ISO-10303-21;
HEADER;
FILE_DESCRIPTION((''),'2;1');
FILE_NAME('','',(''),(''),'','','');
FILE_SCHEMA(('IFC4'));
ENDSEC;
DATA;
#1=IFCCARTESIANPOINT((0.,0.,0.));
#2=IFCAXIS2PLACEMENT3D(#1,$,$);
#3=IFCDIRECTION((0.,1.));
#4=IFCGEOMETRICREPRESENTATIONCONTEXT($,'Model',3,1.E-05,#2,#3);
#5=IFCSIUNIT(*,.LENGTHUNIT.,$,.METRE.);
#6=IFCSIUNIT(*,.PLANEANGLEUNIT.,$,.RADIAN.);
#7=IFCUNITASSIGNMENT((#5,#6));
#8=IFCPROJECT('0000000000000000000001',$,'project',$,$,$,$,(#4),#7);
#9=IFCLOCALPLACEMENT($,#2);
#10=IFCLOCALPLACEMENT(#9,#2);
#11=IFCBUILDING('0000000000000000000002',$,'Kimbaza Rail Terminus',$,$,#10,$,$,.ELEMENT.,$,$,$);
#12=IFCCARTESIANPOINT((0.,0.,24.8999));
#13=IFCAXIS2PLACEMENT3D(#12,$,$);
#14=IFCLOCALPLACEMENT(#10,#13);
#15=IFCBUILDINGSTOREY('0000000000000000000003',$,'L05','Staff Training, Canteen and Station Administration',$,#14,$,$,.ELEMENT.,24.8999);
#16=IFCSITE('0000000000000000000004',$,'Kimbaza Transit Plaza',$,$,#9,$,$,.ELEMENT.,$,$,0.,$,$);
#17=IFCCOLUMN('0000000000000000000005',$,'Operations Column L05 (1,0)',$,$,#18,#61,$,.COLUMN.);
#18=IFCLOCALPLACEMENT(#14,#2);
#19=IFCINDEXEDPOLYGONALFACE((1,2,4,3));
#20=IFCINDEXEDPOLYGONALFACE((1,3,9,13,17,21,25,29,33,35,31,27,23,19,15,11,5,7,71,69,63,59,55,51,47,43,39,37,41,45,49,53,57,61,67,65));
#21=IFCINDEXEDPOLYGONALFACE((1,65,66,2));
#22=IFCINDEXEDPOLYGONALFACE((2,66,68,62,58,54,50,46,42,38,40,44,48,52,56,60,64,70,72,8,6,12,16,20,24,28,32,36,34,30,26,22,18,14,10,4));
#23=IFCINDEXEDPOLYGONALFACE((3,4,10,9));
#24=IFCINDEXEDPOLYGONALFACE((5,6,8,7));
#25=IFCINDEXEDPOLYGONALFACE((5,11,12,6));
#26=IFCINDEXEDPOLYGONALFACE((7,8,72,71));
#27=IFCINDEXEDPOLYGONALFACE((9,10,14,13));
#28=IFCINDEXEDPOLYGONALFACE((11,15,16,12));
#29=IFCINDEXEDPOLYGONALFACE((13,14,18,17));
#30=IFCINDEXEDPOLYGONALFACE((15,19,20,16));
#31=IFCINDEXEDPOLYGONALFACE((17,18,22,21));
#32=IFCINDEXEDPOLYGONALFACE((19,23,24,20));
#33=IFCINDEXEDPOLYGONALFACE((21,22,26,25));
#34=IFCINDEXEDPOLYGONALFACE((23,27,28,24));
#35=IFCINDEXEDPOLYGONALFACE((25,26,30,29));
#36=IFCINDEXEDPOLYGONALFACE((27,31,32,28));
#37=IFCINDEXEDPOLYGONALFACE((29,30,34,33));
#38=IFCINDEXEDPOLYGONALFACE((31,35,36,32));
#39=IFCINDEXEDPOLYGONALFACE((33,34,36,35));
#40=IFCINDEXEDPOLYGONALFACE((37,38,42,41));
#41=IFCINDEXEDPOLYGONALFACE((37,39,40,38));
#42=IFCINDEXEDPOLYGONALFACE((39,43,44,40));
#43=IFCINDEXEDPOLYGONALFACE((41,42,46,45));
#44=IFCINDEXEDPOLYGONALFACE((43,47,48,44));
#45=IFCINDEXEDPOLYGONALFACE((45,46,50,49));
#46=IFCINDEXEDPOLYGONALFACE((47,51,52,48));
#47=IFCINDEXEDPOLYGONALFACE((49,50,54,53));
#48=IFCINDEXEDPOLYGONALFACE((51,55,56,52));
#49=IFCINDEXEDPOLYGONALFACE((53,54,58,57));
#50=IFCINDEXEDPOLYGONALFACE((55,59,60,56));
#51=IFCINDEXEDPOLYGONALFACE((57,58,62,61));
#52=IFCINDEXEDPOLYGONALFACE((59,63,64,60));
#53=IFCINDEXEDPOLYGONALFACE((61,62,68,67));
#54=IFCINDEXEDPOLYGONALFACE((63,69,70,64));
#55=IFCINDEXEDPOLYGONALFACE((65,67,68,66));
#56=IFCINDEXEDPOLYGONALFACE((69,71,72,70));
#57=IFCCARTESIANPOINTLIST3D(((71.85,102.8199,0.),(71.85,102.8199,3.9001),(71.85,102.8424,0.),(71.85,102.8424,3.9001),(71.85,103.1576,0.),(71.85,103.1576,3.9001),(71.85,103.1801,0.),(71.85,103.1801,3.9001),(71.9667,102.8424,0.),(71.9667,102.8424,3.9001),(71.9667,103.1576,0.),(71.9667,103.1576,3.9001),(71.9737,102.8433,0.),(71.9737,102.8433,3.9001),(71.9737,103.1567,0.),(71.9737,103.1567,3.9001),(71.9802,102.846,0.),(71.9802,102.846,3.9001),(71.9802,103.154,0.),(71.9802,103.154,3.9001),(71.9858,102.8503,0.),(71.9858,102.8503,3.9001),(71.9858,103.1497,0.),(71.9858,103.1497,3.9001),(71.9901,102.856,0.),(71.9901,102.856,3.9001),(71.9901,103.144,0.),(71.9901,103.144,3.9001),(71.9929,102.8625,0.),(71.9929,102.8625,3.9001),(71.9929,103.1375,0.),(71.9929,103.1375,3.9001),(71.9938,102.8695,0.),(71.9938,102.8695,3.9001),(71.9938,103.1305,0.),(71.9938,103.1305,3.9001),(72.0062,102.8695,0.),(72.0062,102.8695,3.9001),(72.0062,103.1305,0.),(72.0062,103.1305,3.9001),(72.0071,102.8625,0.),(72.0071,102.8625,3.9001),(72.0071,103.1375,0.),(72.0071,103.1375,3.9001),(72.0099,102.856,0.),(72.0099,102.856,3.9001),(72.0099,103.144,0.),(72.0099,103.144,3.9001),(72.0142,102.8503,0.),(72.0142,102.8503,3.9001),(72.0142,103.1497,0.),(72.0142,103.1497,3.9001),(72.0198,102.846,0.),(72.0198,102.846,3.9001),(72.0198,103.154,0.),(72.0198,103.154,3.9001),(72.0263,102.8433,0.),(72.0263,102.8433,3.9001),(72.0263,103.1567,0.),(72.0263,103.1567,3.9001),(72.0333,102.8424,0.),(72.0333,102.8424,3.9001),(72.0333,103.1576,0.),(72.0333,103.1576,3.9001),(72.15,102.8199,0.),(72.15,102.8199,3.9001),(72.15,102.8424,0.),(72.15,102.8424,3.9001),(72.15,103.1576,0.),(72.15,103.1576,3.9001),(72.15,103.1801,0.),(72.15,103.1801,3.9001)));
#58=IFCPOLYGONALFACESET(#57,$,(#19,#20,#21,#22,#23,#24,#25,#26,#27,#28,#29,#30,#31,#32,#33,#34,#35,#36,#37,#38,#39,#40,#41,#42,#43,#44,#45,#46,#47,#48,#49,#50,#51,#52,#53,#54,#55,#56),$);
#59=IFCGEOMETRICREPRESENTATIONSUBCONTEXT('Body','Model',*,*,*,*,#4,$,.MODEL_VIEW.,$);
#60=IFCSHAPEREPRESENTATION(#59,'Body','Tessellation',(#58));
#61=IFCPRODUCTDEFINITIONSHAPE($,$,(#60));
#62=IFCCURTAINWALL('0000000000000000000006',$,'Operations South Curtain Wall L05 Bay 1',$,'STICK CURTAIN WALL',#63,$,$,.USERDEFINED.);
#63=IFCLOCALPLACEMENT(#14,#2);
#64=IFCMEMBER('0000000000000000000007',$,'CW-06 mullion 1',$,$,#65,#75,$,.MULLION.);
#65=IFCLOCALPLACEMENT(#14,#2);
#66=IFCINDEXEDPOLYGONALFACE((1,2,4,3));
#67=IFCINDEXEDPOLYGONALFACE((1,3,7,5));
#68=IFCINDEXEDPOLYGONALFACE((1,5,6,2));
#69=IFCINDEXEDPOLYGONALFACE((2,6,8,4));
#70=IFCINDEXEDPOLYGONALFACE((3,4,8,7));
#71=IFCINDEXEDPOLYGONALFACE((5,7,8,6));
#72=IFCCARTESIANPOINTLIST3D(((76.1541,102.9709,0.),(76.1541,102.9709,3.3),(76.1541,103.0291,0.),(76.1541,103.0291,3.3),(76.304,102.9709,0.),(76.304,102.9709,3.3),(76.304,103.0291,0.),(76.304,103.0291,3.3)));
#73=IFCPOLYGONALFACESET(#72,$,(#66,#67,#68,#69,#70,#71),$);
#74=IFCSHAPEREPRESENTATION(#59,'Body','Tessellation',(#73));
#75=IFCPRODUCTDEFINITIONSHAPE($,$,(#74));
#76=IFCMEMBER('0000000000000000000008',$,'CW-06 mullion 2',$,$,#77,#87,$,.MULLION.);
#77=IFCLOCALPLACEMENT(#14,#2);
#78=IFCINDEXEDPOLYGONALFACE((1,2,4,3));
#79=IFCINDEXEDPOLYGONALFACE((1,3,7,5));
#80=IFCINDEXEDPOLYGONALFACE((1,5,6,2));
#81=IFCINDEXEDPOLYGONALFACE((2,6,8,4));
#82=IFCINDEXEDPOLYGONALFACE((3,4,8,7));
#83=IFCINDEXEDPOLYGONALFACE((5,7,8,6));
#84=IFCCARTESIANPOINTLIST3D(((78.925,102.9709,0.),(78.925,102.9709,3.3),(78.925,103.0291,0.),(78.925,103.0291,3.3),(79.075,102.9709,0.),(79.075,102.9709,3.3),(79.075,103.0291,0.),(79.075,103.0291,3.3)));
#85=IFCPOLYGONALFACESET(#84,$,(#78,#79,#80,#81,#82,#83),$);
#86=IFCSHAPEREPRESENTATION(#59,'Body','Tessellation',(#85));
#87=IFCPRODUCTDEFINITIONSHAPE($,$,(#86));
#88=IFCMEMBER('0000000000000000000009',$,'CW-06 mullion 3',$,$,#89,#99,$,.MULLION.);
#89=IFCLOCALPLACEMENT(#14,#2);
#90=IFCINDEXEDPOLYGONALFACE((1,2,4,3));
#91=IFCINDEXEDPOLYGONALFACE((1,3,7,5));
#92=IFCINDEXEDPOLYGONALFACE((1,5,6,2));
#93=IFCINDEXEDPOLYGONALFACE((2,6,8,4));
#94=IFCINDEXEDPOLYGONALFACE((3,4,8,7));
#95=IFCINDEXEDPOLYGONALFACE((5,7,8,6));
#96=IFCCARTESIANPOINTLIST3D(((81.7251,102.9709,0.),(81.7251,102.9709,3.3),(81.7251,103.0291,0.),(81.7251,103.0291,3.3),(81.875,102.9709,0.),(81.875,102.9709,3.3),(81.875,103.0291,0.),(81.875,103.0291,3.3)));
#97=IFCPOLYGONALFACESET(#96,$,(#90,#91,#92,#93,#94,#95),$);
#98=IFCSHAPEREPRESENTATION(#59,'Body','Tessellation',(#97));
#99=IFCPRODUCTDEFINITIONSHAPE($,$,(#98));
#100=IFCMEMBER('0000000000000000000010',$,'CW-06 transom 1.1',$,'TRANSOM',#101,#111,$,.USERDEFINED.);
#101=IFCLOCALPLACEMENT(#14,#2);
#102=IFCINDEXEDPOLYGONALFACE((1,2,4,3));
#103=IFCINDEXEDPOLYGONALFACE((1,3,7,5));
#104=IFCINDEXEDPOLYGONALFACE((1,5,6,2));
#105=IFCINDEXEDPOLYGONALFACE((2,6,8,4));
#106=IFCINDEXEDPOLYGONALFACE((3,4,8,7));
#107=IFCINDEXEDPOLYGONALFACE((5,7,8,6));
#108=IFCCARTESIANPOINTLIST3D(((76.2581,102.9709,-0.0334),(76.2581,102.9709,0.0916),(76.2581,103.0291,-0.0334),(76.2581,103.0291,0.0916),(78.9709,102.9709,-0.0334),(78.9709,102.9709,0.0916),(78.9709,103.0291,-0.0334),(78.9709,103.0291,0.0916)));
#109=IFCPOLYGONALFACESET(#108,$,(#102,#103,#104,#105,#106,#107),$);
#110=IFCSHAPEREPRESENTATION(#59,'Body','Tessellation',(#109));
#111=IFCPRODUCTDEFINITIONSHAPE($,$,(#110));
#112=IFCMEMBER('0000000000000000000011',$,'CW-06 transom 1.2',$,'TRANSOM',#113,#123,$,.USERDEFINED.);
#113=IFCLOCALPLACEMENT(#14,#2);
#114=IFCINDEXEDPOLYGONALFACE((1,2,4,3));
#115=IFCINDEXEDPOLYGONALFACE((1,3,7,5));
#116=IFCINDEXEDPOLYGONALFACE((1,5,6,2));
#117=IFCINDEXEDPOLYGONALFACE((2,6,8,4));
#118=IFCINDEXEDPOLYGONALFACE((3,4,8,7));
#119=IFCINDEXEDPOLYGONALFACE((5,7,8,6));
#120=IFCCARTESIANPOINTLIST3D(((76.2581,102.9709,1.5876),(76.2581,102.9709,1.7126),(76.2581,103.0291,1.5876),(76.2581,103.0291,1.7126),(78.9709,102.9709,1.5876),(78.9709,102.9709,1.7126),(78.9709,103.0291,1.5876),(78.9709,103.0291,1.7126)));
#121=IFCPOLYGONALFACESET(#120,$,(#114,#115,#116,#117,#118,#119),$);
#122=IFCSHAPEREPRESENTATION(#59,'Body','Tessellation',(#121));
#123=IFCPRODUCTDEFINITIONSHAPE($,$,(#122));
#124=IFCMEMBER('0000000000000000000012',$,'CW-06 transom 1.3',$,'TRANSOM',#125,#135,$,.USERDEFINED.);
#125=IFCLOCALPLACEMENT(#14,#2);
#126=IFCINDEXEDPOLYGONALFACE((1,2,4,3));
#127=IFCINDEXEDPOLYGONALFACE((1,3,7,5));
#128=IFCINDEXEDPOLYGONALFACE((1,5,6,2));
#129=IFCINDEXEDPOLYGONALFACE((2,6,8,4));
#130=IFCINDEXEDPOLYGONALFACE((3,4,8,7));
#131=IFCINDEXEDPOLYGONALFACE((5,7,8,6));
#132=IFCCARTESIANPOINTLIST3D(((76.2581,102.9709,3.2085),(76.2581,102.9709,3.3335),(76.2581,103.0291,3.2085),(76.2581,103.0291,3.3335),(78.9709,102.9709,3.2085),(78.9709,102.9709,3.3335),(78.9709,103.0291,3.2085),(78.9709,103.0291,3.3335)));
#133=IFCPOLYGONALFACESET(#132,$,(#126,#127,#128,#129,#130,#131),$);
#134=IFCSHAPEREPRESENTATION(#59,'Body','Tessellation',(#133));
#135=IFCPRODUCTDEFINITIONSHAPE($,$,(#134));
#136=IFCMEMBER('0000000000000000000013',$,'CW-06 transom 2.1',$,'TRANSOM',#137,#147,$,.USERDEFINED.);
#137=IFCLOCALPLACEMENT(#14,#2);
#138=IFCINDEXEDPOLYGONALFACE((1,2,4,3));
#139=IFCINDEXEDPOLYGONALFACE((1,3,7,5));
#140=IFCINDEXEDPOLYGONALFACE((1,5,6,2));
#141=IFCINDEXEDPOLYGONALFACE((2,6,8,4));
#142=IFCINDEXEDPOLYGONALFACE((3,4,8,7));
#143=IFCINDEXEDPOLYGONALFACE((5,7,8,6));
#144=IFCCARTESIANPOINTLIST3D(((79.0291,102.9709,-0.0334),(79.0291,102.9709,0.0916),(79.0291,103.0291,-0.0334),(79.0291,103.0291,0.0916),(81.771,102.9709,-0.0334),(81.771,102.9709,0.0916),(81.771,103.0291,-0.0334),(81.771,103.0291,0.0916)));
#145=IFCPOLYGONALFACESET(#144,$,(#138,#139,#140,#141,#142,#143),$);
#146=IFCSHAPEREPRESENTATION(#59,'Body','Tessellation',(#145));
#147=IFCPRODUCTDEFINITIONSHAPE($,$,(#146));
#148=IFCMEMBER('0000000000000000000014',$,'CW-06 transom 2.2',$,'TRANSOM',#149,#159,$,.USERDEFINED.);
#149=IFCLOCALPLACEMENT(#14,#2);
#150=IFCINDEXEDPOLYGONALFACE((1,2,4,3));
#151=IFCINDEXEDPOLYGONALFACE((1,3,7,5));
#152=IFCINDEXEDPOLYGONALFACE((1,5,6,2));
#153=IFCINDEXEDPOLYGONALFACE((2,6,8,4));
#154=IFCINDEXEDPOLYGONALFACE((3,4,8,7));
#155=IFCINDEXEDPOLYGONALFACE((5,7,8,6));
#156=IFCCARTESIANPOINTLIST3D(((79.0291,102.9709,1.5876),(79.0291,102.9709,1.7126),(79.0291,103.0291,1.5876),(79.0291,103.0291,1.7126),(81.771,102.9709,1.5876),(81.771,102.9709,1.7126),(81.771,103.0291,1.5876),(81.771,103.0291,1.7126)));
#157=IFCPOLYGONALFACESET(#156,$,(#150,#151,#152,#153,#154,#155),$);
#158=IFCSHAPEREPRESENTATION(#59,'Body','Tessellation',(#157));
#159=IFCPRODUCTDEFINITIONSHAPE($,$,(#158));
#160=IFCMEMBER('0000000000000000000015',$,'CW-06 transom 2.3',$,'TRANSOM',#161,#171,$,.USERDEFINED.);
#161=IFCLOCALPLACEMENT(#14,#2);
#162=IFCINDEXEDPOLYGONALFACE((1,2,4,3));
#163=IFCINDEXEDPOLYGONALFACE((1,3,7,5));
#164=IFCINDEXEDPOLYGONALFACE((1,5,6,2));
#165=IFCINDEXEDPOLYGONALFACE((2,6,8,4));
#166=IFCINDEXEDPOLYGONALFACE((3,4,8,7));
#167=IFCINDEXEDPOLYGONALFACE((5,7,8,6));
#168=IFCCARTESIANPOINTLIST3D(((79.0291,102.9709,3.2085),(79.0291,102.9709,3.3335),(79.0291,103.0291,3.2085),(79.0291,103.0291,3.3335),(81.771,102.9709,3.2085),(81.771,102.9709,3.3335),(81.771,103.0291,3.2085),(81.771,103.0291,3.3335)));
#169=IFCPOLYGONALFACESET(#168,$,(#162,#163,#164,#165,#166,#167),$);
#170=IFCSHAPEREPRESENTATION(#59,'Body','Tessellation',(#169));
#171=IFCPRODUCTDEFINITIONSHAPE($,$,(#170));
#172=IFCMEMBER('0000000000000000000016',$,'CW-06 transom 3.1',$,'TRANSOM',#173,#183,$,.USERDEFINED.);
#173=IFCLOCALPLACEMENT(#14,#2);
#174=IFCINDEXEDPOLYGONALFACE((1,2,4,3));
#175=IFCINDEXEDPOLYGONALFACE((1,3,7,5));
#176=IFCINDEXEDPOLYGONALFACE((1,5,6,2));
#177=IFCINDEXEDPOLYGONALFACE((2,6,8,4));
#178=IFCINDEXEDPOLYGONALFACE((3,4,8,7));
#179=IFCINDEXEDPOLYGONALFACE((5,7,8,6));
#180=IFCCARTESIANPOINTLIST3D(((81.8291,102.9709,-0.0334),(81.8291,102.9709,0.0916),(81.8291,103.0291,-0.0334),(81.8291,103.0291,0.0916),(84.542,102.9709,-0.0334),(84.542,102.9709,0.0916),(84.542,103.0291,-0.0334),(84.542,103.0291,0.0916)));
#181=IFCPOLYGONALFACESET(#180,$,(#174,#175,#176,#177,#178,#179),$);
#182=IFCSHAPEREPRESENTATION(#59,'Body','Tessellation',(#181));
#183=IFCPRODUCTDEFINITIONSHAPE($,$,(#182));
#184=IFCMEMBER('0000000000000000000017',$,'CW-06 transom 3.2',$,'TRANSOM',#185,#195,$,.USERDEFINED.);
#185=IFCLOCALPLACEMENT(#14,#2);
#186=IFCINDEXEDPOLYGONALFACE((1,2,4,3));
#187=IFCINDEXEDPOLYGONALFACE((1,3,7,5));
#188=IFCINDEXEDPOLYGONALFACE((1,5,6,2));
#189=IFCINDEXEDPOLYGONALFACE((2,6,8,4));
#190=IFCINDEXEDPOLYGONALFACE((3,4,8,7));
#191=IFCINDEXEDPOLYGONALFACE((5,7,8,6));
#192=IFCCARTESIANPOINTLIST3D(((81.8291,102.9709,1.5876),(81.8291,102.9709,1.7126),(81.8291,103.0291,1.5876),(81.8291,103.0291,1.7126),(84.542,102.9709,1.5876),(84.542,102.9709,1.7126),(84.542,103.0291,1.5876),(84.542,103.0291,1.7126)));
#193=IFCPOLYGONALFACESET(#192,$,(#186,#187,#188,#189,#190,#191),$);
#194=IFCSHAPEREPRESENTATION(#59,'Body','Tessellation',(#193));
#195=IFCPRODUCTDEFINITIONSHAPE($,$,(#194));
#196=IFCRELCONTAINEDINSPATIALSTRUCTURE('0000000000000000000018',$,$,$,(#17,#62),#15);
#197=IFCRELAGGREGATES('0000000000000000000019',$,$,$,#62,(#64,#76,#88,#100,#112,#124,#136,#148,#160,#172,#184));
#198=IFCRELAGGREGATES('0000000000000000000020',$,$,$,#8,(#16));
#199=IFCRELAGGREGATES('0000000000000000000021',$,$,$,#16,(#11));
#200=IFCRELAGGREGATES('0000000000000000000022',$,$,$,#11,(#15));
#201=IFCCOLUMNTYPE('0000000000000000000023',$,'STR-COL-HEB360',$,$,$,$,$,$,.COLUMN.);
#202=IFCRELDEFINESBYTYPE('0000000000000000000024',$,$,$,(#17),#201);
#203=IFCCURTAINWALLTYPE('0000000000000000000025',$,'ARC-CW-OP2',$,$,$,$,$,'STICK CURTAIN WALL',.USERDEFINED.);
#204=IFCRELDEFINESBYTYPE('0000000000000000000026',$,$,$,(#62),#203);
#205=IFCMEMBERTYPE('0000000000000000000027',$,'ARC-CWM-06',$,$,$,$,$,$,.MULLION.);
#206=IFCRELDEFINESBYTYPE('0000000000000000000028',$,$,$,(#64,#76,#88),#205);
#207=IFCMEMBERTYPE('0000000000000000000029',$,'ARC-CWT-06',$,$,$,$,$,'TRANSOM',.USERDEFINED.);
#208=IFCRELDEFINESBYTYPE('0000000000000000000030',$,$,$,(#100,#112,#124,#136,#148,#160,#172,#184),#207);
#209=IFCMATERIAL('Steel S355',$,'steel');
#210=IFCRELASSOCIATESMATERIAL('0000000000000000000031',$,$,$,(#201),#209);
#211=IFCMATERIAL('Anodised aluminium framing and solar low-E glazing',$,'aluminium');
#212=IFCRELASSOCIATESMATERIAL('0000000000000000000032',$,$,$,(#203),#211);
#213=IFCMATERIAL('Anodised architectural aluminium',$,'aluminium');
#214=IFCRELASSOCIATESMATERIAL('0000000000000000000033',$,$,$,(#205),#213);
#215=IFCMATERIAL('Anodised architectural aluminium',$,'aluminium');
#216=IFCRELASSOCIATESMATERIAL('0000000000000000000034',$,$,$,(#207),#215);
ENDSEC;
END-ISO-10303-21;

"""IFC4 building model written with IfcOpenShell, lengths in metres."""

from ifc_helpers import new_model, si_unit, direction, frame, origin, origin_2d, place, context, subcontext, project, spatial, rectangle, i_section, extrude, material, material_profile, profile_set, type_object, element, aggregate, save


model = new_model("IFC4")

# Units and contexts
model_context = context("Model", 3, precision=1e-05, world=origin(), true_north=direction((0.0, 1.0)))
body_context = subcontext(model_context, "Body", "Model", "MODEL_VIEW")
ifc_project = project(units=[si_unit("LENGTHUNIT", "METRE"), si_unit("PLANEANGLEUNIT", "RADIAN")], contexts=[model_context])

# Site, building, storey
site_placement = place(None, origin())
site = spatial("IfcSite", under=ifc_project, at=site_placement, Name="Kimbaza Transit Plaza", CompositionType="ELEMENT", RefElevation=0.0)
building_placement = place(site_placement, origin())
building = spatial("IfcBuilding", under=site, at=building_placement, Name="Kimbaza Rail Terminus", CompositionType="ELEMENT")
storey_placement = place(building_placement, frame((0.0, 0.0, 24.8999)))
storey = spatial("IfcBuildingStorey", under=building, at=storey_placement, Name="L05", Description="Staff Training, Canteen and Station Administration", CompositionType="ELEMENT", Elevation=24.8999)

# Column
ifc_material_1 = material(Name="Steel S355", Category="steel")
ifc_material_profile_1 = material_profile(ifc_material_1, i_section(OverallWidth=0.3, OverallDepth=0.3601, WebThickness=0.0125, FlangeThickness=0.0225, FilletRadius=0.0271, at=origin_2d()), Name="HEB 360")
ifc_profile_set_1 = profile_set([ifc_material_profile_1], Name="Steel S355")
column_type = type_object("IfcColumnType", Name="STR-COL-HEB360", PredefinedType="COLUMN", material=ifc_profile_set_1)
column_placement = place(storey_placement, frame((72.0, 103.0, 0.0), z_axis=(0.0, 0.0, 1.0), x_axis=(1.0, 0.0, 0.0)))
element("IfcColumn", 1, at=column_placement, inside=storey, type_object=column_type, Name="Operations Column L05 (1,0)", PredefinedType="COLUMN", context=body_context, shape_type="SweptSolid", body=[
    extrude(i_section(OverallWidth=0.3, OverallDepth=0.3601, WebThickness=0.0125, FlangeThickness=0.0225, FilletRadius=0.0271, at=origin_2d()), origin(), (0.0, 0.0, 1.0), 3.9001),
])

# Curtain wall, members
ifc_material_2 = material(Name="Anodised aluminium framing and solar low-E glazing", Category="aluminium")
curtain_wall_type = type_object("IfcCurtainWallType", Name="ARC-CW-OP2", ElementType="STICK CURTAIN WALL", PredefinedType="USERDEFINED", material=ifc_material_2)
curtain_wall_placement = place(storey_placement, origin())
curtain_wall = element("IfcCurtainWall", 2, at=curtain_wall_placement, inside=storey, type_object=curtain_wall_type, Name="Operations South Curtain Wall L05 Bay 1", ObjectType="STICK CURTAIN WALL", PredefinedType="USERDEFINED")
ifc_material_3 = material(Name="Anodised architectural aluminium", Category="aluminium")
ifc_material_profile_2 = material_profile(ifc_material_3, rectangle(XDim=0.0581, YDim=0.1499, at=origin_2d()), Name="MULLION 58x150")
ifc_profile_set_2 = profile_set([ifc_material_profile_2], Name="Anodised architectural aluminium")
member_type_1 = type_object("IfcMemberType", Name="ARC-CWM-06", PredefinedType="MULLION", material=ifc_profile_set_2)
member_1_placement = place(storey_placement, frame((76.229, 103.0, 0.0), z_axis=(0.0, 0.0, 1.0), x_axis=(0.0, 1.0, 0.0)))
member_1 = element("IfcMember", 3, at=member_1_placement, type_object=member_type_1, Name="CW-06 mullion 1", PredefinedType="MULLION", context=body_context, shape_type="SweptSolid", body=[
    extrude(rectangle(XDim=0.0581, YDim=0.1499, at=origin_2d()), origin(), (0.0, 0.0, 1.0), 3.3),
])
member_2_placement = place(storey_placement, frame((79.0, 103.0, 0.0), z_axis=(0.0, 0.0, 1.0), x_axis=(0.0, 1.0, 0.0)))
member_2 = element("IfcMember", 4, at=member_2_placement, type_object=member_type_1, Name="CW-06 mullion 2", PredefinedType="MULLION", context=body_context, shape_type="SweptSolid", body=[
    extrude(rectangle(XDim=0.0581, YDim=0.1499, at=origin_2d()), origin(), (0.0, 0.0, 1.0), 3.3),
])
member_3_placement = place(storey_placement, frame((81.8, 103.0, 0.0), z_axis=(0.0, 0.0, 1.0), x_axis=(0.0, 1.0, 0.0)))
member_3 = element("IfcMember", 5, at=member_3_placement, type_object=member_type_1, Name="CW-06 mullion 3", PredefinedType="MULLION", context=body_context, shape_type="SweptSolid", body=[
    extrude(rectangle(XDim=0.0581, YDim=0.1499, at=origin_2d()), origin(), (0.0, 0.0, 1.0), 3.3),
])
ifc_material_4 = material(Name="Anodised architectural aluminium", Category="aluminium")
ifc_material_profile_3 = material_profile(ifc_material_4, rectangle(XDim=0.0581, YDim=0.125, at=origin_2d()), Name="TRANSOM 58x125")
ifc_profile_set_3 = profile_set([ifc_material_profile_3], Name="Anodised architectural aluminium")
member_type_2 = type_object("IfcMemberType", Name="ARC-CWT-06", ElementType="TRANSOM", PredefinedType="USERDEFINED", material=ifc_profile_set_3)
member_4_placement = place(storey_placement, frame((76.2581, 103.0, 0.0291), z_axis=(1.0, 0.0, 0.0), x_axis=(0.0, 1.0, 0.0)))
member_4 = element("IfcMember", 6, at=member_4_placement, type_object=member_type_2, Name="CW-06 transom 1.1", ObjectType="TRANSOM", PredefinedType="USERDEFINED", context=body_context, shape_type="SweptSolid", body=[
    extrude(rectangle(XDim=0.0581, YDim=0.125, at=origin_2d()), origin(), (0.0, 0.0, 1.0), 2.7129),
])
member_5_placement = place(storey_placement, frame((76.2581, 103.0, 1.6501), z_axis=(1.0, 0.0, 0.0), x_axis=(0.0, 1.0, 0.0)))
member_5 = element("IfcMember", 7, at=member_5_placement, type_object=member_type_2, Name="CW-06 transom 1.2", ObjectType="TRANSOM", PredefinedType="USERDEFINED", context=body_context, shape_type="SweptSolid", body=[
    extrude(rectangle(XDim=0.0581, YDim=0.125, at=origin_2d()), origin(), (0.0, 0.0, 1.0), 2.7129),
])
member_6_placement = place(storey_placement, frame((76.2581, 103.0, 3.271), z_axis=(1.0, 0.0, 0.0), x_axis=(0.0, 1.0, 0.0)))
member_6 = element("IfcMember", 8, at=member_6_placement, type_object=member_type_2, Name="CW-06 transom 1.3", ObjectType="TRANSOM", PredefinedType="USERDEFINED", context=body_context, shape_type="SweptSolid", body=[
    extrude(rectangle(XDim=0.0581, YDim=0.125, at=origin_2d()), origin(), (0.0, 0.0, 1.0), 2.7129),
])
member_7_placement = place(storey_placement, frame((79.0291, 103.0, 0.0291), z_axis=(1.0, 0.0, 0.0), x_axis=(0.0, 1.0, 0.0)))
member_7 = element("IfcMember", 9, at=member_7_placement, type_object=member_type_2, Name="CW-06 transom 2.1", ObjectType="TRANSOM", PredefinedType="USERDEFINED", context=body_context, shape_type="SweptSolid", body=[
    extrude(rectangle(XDim=0.0581, YDim=0.125, at=origin_2d()), origin(), (0.0, 0.0, 1.0), 2.7419),
])
member_8_placement = place(storey_placement, frame((79.0291, 103.0, 1.6501), z_axis=(1.0, 0.0, 0.0), x_axis=(0.0, 1.0, 0.0)))
member_8 = element("IfcMember", 10, at=member_8_placement, type_object=member_type_2, Name="CW-06 transom 2.2", ObjectType="TRANSOM", PredefinedType="USERDEFINED", context=body_context, shape_type="SweptSolid", body=[
    extrude(rectangle(XDim=0.0581, YDim=0.125, at=origin_2d()), origin(), (0.0, 0.0, 1.0), 2.7419),
])
member_9_placement = place(storey_placement, frame((79.0291, 103.0, 3.271), z_axis=(1.0, 0.0, 0.0), x_axis=(0.0, 1.0, 0.0)))
member_9 = element("IfcMember", 11, at=member_9_placement, type_object=member_type_2, Name="CW-06 transom 2.3", ObjectType="TRANSOM", PredefinedType="USERDEFINED", context=body_context, shape_type="SweptSolid", body=[
    extrude(rectangle(XDim=0.0581, YDim=0.125, at=origin_2d()), origin(), (0.0, 0.0, 1.0), 2.7419),
])
member_10_placement = place(storey_placement, frame((81.8291, 103.0, 0.0291), z_axis=(1.0, 0.0, 0.0), x_axis=(0.0, 1.0, 0.0)))
member_10 = element("IfcMember", 12, at=member_10_placement, type_object=member_type_2, Name="CW-06 transom 3.1", ObjectType="TRANSOM", PredefinedType="USERDEFINED", context=body_context, shape_type="SweptSolid", body=[
    extrude(rectangle(XDim=0.0581, YDim=0.125, at=origin_2d()), origin(), (0.0, 0.0, 1.0), 2.7129),
])
member_11_placement = place(storey_placement, frame((81.8291, 103.0, 1.6501), z_axis=(1.0, 0.0, 0.0), x_axis=(0.0, 1.0, 0.0)))
member_11 = element("IfcMember", 13, at=member_11_placement, type_object=member_type_2, Name="CW-06 transom 3.2", ObjectType="TRANSOM", PredefinedType="USERDEFINED", context=body_context, shape_type="SweptSolid", body=[
    extrude(rectangle(XDim=0.0581, YDim=0.125, at=origin_2d()), origin(), (0.0, 0.0, 1.0), 2.7129),
])

aggregate(curtain_wall, [member_1, member_2, member_3, member_4, member_5, member_6, member_7, member_8, member_9, member_10, member_11])

save(model, "model.ifc")
